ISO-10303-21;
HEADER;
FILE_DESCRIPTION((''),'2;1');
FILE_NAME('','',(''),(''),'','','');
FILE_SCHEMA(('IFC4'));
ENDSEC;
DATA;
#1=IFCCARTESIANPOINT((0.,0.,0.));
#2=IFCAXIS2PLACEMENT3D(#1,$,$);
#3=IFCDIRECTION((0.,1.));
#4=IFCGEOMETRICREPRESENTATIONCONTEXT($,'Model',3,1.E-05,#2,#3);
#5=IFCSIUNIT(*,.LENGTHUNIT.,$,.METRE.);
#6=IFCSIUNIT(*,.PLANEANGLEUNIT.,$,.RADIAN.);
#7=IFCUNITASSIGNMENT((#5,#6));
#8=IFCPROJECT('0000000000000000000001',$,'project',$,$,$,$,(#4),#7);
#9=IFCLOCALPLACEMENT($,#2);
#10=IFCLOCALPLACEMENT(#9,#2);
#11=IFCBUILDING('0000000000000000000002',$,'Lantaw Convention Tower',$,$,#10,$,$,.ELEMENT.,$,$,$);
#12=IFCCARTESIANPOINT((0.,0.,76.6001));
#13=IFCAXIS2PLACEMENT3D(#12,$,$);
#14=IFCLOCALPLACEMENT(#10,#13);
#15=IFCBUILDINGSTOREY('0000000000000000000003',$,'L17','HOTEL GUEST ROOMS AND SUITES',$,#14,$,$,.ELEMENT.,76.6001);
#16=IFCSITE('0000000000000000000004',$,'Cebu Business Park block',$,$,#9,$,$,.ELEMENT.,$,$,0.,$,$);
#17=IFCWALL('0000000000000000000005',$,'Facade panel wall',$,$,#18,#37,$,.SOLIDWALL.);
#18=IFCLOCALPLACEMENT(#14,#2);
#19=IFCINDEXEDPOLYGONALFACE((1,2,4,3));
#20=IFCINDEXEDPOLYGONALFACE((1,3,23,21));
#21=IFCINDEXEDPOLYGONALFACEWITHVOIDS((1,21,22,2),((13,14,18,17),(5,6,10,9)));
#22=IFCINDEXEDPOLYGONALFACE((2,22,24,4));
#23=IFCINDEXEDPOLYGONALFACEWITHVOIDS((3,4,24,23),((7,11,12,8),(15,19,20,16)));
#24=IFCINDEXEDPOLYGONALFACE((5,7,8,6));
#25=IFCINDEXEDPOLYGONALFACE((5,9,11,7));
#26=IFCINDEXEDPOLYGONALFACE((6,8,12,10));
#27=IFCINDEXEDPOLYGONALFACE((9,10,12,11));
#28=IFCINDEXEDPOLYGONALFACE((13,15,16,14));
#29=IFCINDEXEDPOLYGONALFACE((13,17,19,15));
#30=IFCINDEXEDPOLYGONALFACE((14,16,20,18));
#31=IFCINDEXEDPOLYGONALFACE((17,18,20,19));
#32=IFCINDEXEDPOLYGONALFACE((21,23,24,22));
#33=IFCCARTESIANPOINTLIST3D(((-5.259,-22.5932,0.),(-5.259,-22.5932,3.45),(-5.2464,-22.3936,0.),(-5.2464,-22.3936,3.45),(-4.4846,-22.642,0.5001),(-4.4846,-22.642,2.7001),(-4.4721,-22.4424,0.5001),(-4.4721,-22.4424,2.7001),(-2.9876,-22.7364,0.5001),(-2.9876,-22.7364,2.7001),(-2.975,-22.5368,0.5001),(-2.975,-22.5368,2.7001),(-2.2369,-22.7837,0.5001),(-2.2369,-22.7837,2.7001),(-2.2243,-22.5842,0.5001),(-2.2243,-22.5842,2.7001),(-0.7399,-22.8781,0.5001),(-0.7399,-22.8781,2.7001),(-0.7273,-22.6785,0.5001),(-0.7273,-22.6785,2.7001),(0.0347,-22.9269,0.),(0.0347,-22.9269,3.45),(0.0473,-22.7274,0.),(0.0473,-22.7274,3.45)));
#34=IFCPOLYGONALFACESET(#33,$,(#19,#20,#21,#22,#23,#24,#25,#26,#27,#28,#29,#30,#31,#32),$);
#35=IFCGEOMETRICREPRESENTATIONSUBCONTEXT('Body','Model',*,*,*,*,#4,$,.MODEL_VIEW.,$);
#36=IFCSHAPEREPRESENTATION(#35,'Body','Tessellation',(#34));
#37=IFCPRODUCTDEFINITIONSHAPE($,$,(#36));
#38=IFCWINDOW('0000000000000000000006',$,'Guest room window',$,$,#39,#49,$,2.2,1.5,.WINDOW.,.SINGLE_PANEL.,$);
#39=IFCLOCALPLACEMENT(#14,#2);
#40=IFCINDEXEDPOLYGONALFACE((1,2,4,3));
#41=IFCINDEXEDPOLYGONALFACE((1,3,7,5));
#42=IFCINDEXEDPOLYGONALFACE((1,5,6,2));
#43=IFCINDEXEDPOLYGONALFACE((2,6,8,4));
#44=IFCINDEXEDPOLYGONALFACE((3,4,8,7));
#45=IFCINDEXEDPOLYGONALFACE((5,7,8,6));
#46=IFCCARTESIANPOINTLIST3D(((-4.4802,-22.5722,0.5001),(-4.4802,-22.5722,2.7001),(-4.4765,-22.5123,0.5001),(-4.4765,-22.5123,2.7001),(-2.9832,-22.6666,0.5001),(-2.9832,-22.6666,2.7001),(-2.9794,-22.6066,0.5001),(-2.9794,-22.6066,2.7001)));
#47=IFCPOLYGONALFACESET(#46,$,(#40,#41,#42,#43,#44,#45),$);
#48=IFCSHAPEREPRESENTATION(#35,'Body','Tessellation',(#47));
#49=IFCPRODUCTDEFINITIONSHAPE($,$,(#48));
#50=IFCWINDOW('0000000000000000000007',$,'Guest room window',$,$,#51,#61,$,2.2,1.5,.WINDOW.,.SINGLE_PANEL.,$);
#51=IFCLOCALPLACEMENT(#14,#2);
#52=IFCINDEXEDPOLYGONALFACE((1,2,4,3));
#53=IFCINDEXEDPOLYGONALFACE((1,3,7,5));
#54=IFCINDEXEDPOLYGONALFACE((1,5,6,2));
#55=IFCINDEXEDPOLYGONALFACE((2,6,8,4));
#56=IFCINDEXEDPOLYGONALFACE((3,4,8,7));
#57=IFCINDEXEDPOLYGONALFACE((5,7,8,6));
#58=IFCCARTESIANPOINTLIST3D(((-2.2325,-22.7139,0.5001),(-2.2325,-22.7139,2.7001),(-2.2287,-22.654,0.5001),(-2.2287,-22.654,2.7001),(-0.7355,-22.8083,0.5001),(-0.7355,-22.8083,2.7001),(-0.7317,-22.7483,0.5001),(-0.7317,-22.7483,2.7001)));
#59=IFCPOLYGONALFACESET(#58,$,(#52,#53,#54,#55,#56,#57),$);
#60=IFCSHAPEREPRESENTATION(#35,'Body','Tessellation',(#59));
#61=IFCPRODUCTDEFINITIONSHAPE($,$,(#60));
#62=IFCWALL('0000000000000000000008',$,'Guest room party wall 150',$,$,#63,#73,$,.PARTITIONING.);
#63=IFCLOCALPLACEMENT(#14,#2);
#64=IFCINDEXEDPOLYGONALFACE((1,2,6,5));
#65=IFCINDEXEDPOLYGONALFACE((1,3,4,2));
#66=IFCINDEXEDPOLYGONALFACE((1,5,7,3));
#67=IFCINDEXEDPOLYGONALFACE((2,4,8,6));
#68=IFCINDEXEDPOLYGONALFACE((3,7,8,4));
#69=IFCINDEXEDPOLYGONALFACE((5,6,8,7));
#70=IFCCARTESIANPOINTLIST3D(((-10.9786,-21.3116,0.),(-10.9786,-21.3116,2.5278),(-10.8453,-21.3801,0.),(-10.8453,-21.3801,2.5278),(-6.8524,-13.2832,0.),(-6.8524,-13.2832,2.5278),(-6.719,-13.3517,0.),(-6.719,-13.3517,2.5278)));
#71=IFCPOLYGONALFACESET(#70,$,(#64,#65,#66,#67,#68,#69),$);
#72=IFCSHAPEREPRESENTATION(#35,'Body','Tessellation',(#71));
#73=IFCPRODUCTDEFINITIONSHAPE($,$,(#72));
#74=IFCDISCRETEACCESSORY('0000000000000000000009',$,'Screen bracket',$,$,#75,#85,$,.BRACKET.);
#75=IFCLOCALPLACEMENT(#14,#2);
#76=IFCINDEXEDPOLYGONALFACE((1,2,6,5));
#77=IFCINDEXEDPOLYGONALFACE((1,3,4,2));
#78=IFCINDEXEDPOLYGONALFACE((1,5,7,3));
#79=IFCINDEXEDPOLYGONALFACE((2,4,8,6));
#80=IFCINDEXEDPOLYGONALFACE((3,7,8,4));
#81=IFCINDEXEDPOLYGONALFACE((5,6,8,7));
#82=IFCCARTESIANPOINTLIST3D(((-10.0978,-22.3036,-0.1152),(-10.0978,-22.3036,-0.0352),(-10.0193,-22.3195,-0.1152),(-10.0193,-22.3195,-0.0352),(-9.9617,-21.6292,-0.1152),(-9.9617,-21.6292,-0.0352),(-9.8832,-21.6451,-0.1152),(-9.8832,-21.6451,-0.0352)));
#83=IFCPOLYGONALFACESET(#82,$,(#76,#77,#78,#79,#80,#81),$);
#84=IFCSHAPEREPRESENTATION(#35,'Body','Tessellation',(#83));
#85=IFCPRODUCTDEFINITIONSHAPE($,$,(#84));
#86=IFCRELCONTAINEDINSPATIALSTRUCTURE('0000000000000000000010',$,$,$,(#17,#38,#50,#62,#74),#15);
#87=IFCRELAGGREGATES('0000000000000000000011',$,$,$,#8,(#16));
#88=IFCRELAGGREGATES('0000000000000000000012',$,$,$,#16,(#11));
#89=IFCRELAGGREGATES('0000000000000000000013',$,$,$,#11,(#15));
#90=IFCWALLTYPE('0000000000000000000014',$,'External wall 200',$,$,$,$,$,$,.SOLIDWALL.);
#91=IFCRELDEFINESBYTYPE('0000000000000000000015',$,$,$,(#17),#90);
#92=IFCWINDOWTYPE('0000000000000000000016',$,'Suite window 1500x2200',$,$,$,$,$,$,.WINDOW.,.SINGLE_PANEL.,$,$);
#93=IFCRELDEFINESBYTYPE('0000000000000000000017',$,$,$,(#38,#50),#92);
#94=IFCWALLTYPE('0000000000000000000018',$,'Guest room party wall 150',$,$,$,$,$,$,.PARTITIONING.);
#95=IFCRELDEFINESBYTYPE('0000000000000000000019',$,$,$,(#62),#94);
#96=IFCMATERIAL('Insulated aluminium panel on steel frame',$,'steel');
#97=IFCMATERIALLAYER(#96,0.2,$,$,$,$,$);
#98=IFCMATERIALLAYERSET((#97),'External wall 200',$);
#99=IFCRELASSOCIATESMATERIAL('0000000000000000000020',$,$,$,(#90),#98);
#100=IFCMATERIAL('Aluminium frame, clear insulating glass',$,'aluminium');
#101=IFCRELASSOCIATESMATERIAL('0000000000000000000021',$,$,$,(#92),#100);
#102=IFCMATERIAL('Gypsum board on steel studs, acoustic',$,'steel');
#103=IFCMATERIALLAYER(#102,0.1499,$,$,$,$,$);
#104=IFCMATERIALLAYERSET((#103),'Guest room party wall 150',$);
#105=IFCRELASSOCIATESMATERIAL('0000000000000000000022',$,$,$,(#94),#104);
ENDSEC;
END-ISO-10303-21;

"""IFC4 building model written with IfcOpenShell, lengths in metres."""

from ifc_helpers import new_model, si_unit, direction, frame, frame_2d, origin, origin_2d, place, context, subcontext, project, spatial, rectangle, extrude, material, layer, layer_set, type_object, element, fill, save


model = new_model("IFC4")

# Units and contexts
model_context = context("Model", 3, precision=1e-05, world=origin(), true_north=direction((0.0, 1.0)))
body_context = subcontext(model_context, "Body", "Model", "MODEL_VIEW")
ifc_project = project(units=[si_unit("LENGTHUNIT", "METRE"), si_unit("PLANEANGLEUNIT", "RADIAN")], contexts=[model_context])

# Site, building, storey
site_placement = place(None, origin())
site = spatial("IfcSite", under=ifc_project, at=site_placement, Name="Cebu Business Park block", CompositionType="ELEMENT", RefElevation=0.0)
building_placement = place(site_placement, origin())
building = spatial("IfcBuilding", under=site, at=building_placement, Name="Lantaw Convention Tower", CompositionType="ELEMENT")
storey_placement = place(building_placement, frame((0.0, 0.0, 76.6001)))
storey = spatial("IfcBuildingStorey", under=building, at=storey_placement, Name="L17", Description="HOTEL GUEST ROOMS AND SUITES", CompositionType="ELEMENT", Elevation=76.6001)

# Wall, openings, windows
ifc_material_1 = material(Name="Insulated aluminium panel on steel frame", Category="steel")
ifc_layer_1 = layer(ifc_material_1, 0.2)
ifc_layer_set_1 = layer_set([ifc_layer_1], Name="External wall 200")
wall_type_1 = type_object("IfcWallType", Name="External wall 200", PredefinedType="SOLIDWALL", material=ifc_layer_set_1)
ifc_material_2 = material(Name="Aluminium frame, clear insulating glass", Category="aluminium")
window_type = type_object("IfcWindowType", Name="Suite window 1500x2200", PartitioningType="SINGLE_PANEL", PredefinedType="WINDOW", material=ifc_material_2)
wall_1_placement = place(storey_placement, frame((-5.2527, -22.4934, 0.0), z_axis=(0.0, 0.0, 1.0), x_axis=(0.998019, -0.06292, 0.0)))
wall_1 = element("IfcWall", 1, at=wall_1_placement, inside=storey, type_object=wall_type_1, Name="Facade panel wall", PredefinedType="SOLIDWALL", context=body_context, shape_type="SweptSolid", body=[
    extrude(rectangle(XDim=5.3042, YDim=0.2, at=frame_2d((2.6521, 0.0))), origin(), (0.0, 0.0, 1.0), 3.45),
])
opening_1_placement = place(wall_1_placement, frame((0.7759, 0.0, 0.5)))
opening_1 = element("IfcOpeningElement", 2, at=opening_1_placement, cuts=wall_1, PredefinedType="OPENING", context=body_context, shape_type="SweptSolid", body=[
    extrude(rectangle(XDim=1.5, YDim=2.2, at=frame_2d((0.75, 1.1001))), frame((0.0, 0.1099, 0.0), z_axis=(0.0, -1.0, 0.0), x_axis=(1.0, 0.0, 0.0)), (0.0, 0.0, 1.0), 0.22),
])
opening_2_placement = place(wall_1_placement, frame((3.0281, 0.0, 0.5)))
opening_2 = element("IfcOpeningElement", 3, at=opening_2_placement, cuts=wall_1, PredefinedType="OPENING", context=body_context, shape_type="SweptSolid", body=[
    extrude(rectangle(XDim=1.5, YDim=2.2, at=frame_2d((0.75, 1.1001))), frame((0.0, 0.1099, 0.0), z_axis=(0.0, -1.0, 0.0), x_axis=(1.0, 0.0, 0.0)), (0.0, 0.0, 1.0), 0.22),
])
window_1_placement = place(opening_1_placement, origin())
window_1 = element("IfcWindow", 4, at=window_1_placement, inside=storey, type_object=window_type, Name="Guest room window", OverallHeight=2.2, OverallWidth=1.5, PartitioningType="SINGLE_PANEL", PredefinedType="WINDOW", context=body_context, shape_type="SweptSolid", body=[
    extrude(rectangle(XDim=1.5, YDim=2.2, at=frame_2d((0.75, 1.1001))), frame((0.0, 0.03, 0.0), z_axis=(0.0, -1.0, 0.0), x_axis=(1.0, 0.0, 0.0)), (0.0, 0.0, 1.0), 0.0601),
])
fill(opening_1, window_1)
window_2_placement = place(opening_2_placement, origin())
window_2 = element("IfcWindow", 5, at=window_2_placement, inside=storey, type_object=window_type, Name="Guest room window", OverallHeight=2.2, OverallWidth=1.5, PartitioningType="SINGLE_PANEL", PredefinedType="WINDOW", context=body_context, shape_type="SweptSolid", body=[
    extrude(rectangle(XDim=1.5, YDim=2.2, at=frame_2d((0.75, 1.1001))), frame((0.0, 0.03, 0.0), z_axis=(0.0, -1.0, 0.0), x_axis=(1.0, 0.0, 0.0)), (0.0, 0.0, 1.0), 0.0601),
])
fill(opening_2, window_2)

# Wall
ifc_material_3 = material(Name="Gypsum board on steel studs, acoustic", Category="steel")
ifc_layer_2 = layer(ifc_material_3, 0.1499)
ifc_layer_set_2 = layer_set([ifc_layer_2], Name="Guest room party wall 150")
wall_type_2 = type_object("IfcWallType", Name="Guest room party wall 150", PredefinedType="PARTITIONING", material=ifc_layer_set_2)
wall_2_placement = place(storey_placement, frame((-10.9119, -21.3457, 0.0), z_axis=(0.0, 0.0, 1.0), x_axis=(0.457118, 0.889406, 0.0)))
element("IfcWall", 6, at=wall_2_placement, inside=storey, type_object=wall_type_2, Name="Guest room party wall 150", PredefinedType="PARTITIONING", context=body_context, shape_type="SweptSolid", body=[
    extrude(rectangle(XDim=9.0266, YDim=0.1499, at=frame_2d((4.5132, 0.0))), origin(), (0.0, 0.0, 1.0), 2.5278),
])

# Discrete accessory
discrete_accessory_placement = place(storey_placement, frame((-9.9905, -21.9744, -0.1152), z_axis=(0.0, 0.0, 1.0), x_axis=(0.980245, -0.197789, 0.0)))
element("IfcDiscreteAccessory", 7, at=discrete_accessory_placement, inside=storey, Name="Screen bracket", PredefinedType="BRACKET", context=body_context, shape_type="SweptSolid", body=[
    extrude(rectangle(XDim=0.0801, YDim=0.688, at=origin_2d()), origin(), (0.0, 0.0, 1.0), 0.0801),
])

save(model, "model.ifc")
